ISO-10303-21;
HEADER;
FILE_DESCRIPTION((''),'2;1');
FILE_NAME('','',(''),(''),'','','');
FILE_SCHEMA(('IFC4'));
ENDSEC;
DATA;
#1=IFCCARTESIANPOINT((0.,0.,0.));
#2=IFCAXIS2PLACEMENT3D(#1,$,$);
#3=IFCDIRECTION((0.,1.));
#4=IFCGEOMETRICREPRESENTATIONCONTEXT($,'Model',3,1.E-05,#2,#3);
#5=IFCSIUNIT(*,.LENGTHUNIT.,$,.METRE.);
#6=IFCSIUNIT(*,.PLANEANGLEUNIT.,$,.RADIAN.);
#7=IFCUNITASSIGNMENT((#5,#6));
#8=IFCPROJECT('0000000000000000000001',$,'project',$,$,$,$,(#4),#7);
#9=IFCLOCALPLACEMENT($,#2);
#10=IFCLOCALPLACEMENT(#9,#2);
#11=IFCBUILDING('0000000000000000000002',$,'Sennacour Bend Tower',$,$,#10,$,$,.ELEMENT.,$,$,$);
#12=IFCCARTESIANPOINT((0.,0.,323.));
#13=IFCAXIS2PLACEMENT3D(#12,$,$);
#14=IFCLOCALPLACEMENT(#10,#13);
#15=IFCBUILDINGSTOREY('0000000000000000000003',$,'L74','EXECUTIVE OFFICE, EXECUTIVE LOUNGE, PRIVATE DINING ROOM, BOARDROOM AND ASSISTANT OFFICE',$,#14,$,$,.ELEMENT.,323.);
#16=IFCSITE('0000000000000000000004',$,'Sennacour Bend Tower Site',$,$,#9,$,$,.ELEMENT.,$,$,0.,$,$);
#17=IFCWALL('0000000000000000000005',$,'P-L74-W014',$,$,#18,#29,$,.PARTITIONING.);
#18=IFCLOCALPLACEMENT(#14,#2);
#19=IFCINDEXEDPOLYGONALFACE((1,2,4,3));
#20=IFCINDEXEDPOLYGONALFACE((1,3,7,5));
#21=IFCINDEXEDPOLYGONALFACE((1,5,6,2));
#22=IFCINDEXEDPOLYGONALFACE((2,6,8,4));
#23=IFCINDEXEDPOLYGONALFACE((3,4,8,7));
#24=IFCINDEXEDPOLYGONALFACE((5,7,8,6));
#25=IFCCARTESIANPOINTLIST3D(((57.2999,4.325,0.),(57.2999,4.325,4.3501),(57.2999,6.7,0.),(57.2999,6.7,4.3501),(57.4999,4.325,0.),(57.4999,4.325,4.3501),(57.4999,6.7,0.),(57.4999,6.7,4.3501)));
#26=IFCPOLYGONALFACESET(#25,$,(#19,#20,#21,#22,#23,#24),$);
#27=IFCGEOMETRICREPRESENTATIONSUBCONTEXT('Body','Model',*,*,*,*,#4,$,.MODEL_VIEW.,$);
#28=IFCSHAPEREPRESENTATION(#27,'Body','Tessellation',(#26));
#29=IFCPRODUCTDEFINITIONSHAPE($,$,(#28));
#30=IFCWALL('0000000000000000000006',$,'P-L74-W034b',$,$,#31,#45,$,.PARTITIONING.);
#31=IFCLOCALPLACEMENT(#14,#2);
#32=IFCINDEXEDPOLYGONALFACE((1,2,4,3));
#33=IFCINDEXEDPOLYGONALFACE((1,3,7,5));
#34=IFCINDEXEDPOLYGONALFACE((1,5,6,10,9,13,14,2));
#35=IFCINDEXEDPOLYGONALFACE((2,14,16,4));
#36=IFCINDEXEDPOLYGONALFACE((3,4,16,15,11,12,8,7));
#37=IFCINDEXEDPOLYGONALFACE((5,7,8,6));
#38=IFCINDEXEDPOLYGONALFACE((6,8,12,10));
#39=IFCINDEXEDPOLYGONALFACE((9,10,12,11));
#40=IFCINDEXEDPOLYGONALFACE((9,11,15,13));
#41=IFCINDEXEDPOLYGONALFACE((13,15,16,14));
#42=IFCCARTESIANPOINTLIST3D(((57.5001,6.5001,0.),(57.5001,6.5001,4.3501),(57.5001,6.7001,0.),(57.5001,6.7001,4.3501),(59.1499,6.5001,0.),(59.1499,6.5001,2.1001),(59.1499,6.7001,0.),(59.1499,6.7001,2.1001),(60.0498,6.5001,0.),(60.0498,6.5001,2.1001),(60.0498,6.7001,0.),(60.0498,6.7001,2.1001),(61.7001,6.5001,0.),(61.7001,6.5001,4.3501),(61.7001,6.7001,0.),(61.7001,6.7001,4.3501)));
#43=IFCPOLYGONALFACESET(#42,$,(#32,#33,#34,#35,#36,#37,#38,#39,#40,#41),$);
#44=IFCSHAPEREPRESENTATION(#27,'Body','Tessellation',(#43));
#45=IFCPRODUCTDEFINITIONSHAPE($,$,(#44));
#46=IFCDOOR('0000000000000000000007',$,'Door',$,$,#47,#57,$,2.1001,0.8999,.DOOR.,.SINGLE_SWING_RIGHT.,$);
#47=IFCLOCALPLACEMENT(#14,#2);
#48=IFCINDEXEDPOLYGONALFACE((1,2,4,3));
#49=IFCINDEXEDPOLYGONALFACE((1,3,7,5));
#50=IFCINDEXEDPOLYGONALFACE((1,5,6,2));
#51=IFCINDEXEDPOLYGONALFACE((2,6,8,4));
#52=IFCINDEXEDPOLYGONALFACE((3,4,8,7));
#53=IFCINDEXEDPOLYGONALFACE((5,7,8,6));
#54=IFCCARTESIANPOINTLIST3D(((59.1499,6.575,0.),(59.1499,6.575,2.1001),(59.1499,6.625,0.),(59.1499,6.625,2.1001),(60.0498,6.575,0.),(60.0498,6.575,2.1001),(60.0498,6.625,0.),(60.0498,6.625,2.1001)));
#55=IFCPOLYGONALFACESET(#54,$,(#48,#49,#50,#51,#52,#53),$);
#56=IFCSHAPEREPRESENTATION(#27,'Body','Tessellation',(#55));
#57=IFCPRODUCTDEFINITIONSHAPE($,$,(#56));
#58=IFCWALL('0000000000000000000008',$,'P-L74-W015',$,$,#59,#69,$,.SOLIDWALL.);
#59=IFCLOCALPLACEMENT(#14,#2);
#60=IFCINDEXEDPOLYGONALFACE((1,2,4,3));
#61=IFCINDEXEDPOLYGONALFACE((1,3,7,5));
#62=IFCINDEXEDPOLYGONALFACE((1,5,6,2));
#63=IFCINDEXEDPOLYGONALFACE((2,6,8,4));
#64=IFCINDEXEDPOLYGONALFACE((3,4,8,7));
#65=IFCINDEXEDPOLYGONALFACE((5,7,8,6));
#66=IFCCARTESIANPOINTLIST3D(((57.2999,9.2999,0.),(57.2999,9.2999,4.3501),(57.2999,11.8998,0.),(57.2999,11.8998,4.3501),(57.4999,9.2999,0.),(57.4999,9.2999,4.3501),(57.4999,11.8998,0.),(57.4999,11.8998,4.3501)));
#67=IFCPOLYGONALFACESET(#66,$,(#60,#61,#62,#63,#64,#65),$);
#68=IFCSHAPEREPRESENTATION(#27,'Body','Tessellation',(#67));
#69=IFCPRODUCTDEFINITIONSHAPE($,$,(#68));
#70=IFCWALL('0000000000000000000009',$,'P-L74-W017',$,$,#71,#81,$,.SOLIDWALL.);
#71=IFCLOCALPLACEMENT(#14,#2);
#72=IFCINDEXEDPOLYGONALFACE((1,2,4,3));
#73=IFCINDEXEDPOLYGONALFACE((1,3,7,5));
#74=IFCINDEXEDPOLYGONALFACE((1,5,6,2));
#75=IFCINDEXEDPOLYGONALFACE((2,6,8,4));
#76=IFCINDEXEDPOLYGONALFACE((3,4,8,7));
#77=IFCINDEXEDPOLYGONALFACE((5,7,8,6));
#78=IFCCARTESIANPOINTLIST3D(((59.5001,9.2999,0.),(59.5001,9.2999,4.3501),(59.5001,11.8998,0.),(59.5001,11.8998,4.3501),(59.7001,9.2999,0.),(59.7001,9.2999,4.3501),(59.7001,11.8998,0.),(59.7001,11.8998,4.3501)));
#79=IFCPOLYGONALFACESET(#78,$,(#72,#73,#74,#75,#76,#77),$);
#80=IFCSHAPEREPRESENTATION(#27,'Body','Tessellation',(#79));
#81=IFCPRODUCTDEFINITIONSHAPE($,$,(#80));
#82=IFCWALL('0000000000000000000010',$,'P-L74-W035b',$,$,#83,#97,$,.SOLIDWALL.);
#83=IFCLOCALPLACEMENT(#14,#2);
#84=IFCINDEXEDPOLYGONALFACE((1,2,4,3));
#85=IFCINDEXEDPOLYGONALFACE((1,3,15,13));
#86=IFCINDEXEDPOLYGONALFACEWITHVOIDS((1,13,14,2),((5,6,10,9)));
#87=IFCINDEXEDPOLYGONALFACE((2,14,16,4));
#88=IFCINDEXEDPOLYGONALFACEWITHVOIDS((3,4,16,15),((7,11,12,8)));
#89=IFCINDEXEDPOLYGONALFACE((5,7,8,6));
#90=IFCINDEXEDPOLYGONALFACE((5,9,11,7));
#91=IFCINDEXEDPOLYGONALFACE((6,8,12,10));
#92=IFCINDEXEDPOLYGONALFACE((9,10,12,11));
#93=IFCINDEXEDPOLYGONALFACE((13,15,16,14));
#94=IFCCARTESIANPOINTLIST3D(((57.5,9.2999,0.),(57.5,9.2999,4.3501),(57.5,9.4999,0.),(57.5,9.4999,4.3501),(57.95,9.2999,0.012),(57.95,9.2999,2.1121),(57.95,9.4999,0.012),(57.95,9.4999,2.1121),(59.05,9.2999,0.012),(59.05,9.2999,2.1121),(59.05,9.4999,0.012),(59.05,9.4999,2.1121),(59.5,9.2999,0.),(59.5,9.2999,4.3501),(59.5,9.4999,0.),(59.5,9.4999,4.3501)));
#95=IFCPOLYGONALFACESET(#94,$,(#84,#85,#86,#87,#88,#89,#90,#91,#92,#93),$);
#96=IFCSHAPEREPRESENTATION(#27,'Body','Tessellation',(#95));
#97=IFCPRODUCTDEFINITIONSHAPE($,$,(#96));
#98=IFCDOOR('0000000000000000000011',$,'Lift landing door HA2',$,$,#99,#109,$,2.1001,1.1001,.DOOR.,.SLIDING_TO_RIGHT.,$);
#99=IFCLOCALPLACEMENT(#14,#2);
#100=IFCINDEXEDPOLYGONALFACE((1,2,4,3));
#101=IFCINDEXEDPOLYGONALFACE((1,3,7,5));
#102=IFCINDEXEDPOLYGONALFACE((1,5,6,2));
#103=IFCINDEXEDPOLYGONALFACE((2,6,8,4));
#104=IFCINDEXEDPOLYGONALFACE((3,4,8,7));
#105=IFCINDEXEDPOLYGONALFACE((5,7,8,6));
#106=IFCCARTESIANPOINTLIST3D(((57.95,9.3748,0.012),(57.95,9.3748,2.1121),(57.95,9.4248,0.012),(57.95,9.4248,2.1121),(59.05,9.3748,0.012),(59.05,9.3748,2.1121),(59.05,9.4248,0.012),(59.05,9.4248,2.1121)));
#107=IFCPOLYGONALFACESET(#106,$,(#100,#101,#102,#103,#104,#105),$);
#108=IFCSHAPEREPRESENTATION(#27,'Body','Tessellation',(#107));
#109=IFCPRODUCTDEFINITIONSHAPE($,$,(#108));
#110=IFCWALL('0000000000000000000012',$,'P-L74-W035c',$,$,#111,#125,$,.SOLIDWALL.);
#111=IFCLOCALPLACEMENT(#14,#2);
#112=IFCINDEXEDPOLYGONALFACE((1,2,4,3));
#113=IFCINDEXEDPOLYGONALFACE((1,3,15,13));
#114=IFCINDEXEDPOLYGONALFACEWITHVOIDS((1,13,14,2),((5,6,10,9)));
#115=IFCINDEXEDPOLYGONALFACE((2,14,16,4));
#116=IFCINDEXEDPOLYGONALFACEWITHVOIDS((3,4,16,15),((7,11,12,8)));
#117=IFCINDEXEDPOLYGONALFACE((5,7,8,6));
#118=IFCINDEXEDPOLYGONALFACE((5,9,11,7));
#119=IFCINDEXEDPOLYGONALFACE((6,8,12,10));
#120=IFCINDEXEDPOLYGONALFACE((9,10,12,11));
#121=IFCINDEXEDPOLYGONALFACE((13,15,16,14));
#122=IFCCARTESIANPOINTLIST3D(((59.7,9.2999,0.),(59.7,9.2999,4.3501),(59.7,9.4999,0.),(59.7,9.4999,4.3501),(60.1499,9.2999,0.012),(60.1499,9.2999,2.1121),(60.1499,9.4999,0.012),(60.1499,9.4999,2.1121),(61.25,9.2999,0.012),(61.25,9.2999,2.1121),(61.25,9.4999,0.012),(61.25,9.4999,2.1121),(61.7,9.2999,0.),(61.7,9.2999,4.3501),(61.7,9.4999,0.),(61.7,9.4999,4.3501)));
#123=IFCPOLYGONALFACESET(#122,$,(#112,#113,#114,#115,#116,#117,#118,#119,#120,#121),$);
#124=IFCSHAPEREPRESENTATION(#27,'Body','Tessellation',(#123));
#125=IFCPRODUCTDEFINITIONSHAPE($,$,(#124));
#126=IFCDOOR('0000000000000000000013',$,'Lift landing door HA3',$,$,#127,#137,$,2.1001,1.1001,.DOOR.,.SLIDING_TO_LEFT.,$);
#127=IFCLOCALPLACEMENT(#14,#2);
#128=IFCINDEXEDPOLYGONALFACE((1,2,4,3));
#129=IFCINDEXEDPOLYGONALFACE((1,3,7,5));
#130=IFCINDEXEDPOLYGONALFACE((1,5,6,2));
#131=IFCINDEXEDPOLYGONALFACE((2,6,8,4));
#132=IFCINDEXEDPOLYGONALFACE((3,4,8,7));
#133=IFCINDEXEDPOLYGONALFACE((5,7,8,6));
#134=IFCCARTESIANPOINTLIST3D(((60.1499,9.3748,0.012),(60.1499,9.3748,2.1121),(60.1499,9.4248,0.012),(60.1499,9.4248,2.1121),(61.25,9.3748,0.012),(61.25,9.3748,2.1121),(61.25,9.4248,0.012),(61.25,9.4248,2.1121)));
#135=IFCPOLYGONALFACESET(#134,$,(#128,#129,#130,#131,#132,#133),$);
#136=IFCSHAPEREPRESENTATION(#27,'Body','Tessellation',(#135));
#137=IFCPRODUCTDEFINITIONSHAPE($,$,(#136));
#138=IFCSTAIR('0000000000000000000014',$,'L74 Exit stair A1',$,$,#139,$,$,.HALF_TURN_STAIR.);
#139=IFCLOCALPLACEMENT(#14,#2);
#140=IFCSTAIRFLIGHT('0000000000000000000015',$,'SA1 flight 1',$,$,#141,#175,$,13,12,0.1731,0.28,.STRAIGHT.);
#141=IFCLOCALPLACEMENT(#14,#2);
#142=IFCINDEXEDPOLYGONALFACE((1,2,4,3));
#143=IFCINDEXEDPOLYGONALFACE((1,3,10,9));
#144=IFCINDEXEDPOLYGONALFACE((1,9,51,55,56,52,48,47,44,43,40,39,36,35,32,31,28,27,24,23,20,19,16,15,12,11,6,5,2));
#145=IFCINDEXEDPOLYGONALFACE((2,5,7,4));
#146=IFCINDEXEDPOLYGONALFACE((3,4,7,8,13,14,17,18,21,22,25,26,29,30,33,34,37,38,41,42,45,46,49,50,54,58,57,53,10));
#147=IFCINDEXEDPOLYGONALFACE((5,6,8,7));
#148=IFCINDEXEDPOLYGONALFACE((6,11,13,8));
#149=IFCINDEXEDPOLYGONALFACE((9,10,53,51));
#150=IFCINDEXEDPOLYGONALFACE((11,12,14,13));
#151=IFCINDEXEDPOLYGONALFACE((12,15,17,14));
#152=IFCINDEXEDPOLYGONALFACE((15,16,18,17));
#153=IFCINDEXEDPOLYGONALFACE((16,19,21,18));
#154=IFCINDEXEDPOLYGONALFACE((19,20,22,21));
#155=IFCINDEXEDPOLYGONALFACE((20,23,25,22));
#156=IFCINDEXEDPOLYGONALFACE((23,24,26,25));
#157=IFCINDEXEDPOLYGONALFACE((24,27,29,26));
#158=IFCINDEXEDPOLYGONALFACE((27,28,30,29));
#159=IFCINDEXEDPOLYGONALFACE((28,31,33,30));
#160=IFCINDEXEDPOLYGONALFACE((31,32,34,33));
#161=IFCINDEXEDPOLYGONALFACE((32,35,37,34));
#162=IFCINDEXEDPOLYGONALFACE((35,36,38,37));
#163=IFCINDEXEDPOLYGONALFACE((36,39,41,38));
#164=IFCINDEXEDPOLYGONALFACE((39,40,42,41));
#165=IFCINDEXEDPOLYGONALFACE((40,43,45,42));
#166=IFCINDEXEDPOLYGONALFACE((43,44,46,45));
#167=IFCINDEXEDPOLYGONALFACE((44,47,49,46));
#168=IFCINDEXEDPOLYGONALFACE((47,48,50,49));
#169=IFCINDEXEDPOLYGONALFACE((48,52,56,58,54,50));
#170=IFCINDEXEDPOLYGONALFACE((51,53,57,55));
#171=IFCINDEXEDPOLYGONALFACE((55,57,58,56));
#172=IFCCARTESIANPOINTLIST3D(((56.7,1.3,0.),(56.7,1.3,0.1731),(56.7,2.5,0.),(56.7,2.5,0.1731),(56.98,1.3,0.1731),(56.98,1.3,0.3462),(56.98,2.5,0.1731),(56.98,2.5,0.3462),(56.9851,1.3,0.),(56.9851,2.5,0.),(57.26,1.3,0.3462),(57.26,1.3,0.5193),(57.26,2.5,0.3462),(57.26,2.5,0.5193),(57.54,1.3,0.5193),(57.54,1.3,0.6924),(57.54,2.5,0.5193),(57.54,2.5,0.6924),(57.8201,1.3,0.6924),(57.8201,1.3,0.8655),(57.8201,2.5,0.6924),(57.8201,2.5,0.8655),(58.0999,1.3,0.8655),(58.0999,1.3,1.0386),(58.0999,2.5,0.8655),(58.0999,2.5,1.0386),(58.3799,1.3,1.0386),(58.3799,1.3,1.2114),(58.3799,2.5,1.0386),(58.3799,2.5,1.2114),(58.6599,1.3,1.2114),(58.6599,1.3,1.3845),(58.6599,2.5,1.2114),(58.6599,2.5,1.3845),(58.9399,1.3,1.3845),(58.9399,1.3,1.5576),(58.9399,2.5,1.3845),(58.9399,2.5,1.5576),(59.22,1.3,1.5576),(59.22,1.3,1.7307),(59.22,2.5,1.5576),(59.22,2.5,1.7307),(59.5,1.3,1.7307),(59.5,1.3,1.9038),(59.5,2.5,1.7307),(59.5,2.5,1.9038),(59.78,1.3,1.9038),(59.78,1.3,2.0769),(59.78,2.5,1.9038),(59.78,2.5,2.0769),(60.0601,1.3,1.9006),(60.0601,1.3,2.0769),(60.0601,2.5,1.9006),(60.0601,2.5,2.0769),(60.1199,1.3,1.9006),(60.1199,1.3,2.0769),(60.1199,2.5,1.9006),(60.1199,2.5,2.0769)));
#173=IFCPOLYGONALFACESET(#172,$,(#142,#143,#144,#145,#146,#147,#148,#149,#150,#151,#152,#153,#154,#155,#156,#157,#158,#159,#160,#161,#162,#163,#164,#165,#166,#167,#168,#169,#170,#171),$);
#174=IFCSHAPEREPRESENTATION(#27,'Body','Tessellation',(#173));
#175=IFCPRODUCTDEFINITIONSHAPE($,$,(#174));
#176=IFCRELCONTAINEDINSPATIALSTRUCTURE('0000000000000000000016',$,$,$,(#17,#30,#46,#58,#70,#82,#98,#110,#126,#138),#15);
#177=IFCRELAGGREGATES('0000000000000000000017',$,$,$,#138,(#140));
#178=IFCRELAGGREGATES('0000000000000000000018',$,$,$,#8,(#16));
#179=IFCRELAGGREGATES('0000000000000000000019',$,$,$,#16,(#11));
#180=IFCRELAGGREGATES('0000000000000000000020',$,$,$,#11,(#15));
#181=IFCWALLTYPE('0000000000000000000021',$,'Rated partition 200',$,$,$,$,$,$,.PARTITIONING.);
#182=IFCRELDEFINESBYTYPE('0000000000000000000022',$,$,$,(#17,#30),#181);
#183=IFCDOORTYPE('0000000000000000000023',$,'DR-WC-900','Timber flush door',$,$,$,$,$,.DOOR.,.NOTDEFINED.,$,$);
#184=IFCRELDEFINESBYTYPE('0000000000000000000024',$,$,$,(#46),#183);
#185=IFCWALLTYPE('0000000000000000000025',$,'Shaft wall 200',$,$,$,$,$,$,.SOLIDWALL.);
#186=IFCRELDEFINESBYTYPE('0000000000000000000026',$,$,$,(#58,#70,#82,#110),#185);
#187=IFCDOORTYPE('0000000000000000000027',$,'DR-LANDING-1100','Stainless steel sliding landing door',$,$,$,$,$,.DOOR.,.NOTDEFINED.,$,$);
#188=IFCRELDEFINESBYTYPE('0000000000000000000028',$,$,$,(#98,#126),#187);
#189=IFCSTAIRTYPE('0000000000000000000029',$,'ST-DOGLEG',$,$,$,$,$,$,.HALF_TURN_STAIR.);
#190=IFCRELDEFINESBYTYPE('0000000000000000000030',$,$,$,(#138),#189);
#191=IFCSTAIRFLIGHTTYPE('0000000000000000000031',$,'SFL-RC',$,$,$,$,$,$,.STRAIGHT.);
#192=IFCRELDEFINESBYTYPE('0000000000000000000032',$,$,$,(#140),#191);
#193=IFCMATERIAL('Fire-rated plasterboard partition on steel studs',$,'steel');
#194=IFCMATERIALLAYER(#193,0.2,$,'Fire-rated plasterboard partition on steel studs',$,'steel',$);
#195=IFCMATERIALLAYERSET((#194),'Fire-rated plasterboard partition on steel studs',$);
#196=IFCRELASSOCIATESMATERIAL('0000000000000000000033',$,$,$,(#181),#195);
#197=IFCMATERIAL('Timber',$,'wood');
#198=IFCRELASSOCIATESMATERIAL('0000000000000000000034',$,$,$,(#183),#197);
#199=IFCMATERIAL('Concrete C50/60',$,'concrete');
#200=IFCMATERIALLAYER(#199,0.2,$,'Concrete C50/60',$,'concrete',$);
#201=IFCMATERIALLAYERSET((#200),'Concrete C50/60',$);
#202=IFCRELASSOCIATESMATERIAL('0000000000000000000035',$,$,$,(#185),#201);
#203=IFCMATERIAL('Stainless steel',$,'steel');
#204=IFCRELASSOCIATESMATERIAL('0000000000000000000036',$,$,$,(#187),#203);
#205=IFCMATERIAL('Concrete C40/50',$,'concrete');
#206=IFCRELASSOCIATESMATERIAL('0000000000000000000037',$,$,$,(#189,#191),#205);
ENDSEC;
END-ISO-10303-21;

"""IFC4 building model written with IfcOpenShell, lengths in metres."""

from ifc_helpers import new_model, si_unit, direction, frame, frame_2d, origin, place, context, subcontext, project, spatial, polyline, rectangle, outline, extrude, material, layer, layer_set, type_object, element, fill, aggregate, save


model = new_model("IFC4")

# Units and contexts
model_context = context("Model", 3, precision=1e-05, world=origin(), true_north=direction((0.0, 1.0)))
body_context = subcontext(model_context, "Body", "Model", "MODEL_VIEW")
ifc_project = project(units=[si_unit("LENGTHUNIT", "METRE"), si_unit("PLANEANGLEUNIT", "RADIAN")], contexts=[model_context])

# Site, building, storey
site_placement = place(None, origin())
site = spatial("IfcSite", under=ifc_project, at=site_placement, Name="Sennacour Bend Tower Site", CompositionType="ELEMENT", RefElevation=0.0)
building_placement = place(site_placement, origin())
building = spatial("IfcBuilding", under=site, at=building_placement, Name="Sennacour Bend Tower", CompositionType="ELEMENT")
storey_placement = place(building_placement, frame((0.0, 0.0, 323.0)))
storey = spatial("IfcBuildingStorey", under=building, at=storey_placement, Name="L74", Description="EXECUTIVE OFFICE, EXECUTIVE LOUNGE, PRIVATE DINING ROOM, BOARDROOM AND ASSISTANT OFFICE", CompositionType="ELEMENT", Elevation=323.0)

# Wall
ifc_material_1 = material(Name="Fire-rated plasterboard partition on steel studs", Category="steel")
ifc_layer_1 = layer(ifc_material_1, 0.2, Name="Fire-rated plasterboard partition on steel studs", Category="steel")
ifc_layer_set_1 = layer_set([ifc_layer_1], Name="Fire-rated plasterboard partition on steel studs")
wall_type_1 = type_object("IfcWallType", Name="Rated partition 200", PredefinedType="PARTITIONING", material=ifc_layer_set_1)
wall_1_placement = place(storey_placement, frame((57.3999, 4.325, 0.0), z_axis=(0.0, 0.0, 1.0), x_axis=(0.0, 1.0, 0.0)))
element("IfcWall", 1, at=wall_1_placement, inside=storey, type_object=wall_type_1, Name="P-L74-W014", PredefinedType="PARTITIONING", context=body_context, shape_type="SweptSolid", body=[
    extrude(rectangle(XDim=2.375, YDim=0.2, at=frame_2d((1.1875, 0.0))), origin(), (0.0, 0.0, 1.0), 4.3501),
])

# Wall, opening, door
wall_2_placement = place(storey_placement, frame((57.5, 6.6001, 0.0), z_axis=(0.0, 0.0, 1.0), x_axis=(1.0, 0.0, 0.0)))
wall_2 = element("IfcWall", 2, at=wall_2_placement, inside=storey, type_object=wall_type_1, Name="P-L74-W034b", PredefinedType="PARTITIONING", context=body_context, shape_type="SweptSolid", body=[
    extrude(rectangle(XDim=4.2, YDim=0.2, at=frame_2d((2.1001, 0.0))), origin(), (0.0, 0.0, 1.0), 4.3501),
])
opening_1_placement = place(wall_2_placement, frame((1.6499, 0.0, 0.0)))
opening_1 = element("IfcOpeningElement", 3, at=opening_1_placement, cuts=wall_2, PredefinedType="OPENING", context=body_context, shape_type="SweptSolid", body=[
    extrude(rectangle(XDim=0.8999, YDim=2.1001, at=frame_2d((0.45, 1.05))), frame((0.0, 0.1099, 0.0), z_axis=(0.0, -1.0, 0.0), x_axis=(1.0, 0.0, 0.0)), (0.0, 0.0, 1.0), 0.22),
])
ifc_material_2 = material(Name="Timber", Category="wood")
door_type_1 = type_object("IfcDoorType", Name="DR-WC-900", Description="Timber flush door", OperationType="NOTDEFINED", PredefinedType="DOOR", material=ifc_material_2)
door_1_placement = place(opening_1_placement, origin())
door_1 = element("IfcDoor", 4, at=door_1_placement, inside=storey, type_object=door_type_1, Name="Door", OperationType="SINGLE_SWING_RIGHT", OverallHeight=2.1001, OverallWidth=0.8999, PredefinedType="DOOR", context=body_context, shape_type="SweptSolid", body=[
    extrude(rectangle(XDim=0.8999, YDim=2.1001, at=frame_2d((0.45, 1.05))), frame((0.0, 0.0249, 0.0), z_axis=(0.0, -1.0, 0.0), x_axis=(1.0, 0.0, 0.0)), (0.0, 0.0, 1.0), 0.05),
])
fill(opening_1, door_1)

# Walls
ifc_material_3 = material(Name="Concrete C50/60", Category="concrete")
ifc_layer_2 = layer(ifc_material_3, 0.2, Name="Concrete C50/60", Category="concrete")
ifc_layer_set_2 = layer_set([ifc_layer_2], Name="Concrete C50/60")
wall_type_2 = type_object("IfcWallType", Name="Shaft wall 200", PredefinedType="SOLIDWALL", material=ifc_layer_set_2)
for number, where, z_axis, x_axis, name in (
    (5, (57.3999, 9.3, 0.0), (0.0, 0.0, 1.0), (0.0, 1.0, 0.0), "P-L74-W015"),
    (6, (59.6001, 9.3, 0.0), (0.0, 0.0, 1.0), (0.0, 1.0, 0.0), "P-L74-W017"),
):
    element("IfcWall", number, at=place(storey_placement, frame(where, z_axis=z_axis, x_axis=x_axis)), inside=storey, type_object=wall_type_2, Name=name, PredefinedType="SOLIDWALL", context=body_context, shape_type="SweptSolid", body=[
        extrude(rectangle(XDim=2.5999, YDim=0.2, at=frame_2d((1.2998, 0.0))), origin(), (0.0, 0.0, 1.0), 4.3501),
    ])

# Walls, openings, doors
wall_3_placement = place(storey_placement, frame((57.5, 9.3999, 0.0), z_axis=(0.0, 0.0, 1.0), x_axis=(1.0, 0.0, 0.0)))
wall_3 = element("IfcWall", 7, at=wall_3_placement, inside=storey, type_object=wall_type_2, Name="P-L74-W035b", PredefinedType="SOLIDWALL", context=body_context, shape_type="SweptSolid", body=[
    extrude(rectangle(XDim=2.0, YDim=0.2, at=frame_2d((1.0, 0.0))), origin(), (0.0, 0.0, 1.0), 4.3501),
])
opening_2_placement = place(wall_3_placement, frame((0.45, 0.0, 0.012)))
opening_2 = element("IfcOpeningElement", 8, at=opening_2_placement, cuts=wall_3, PredefinedType="OPENING", context=body_context, shape_type="SweptSolid", body=[
    extrude(rectangle(XDim=1.1001, YDim=2.1001, at=frame_2d((0.55, 1.05))), frame((0.0, 0.1099, 0.0), z_axis=(0.0, -1.0, 0.0), x_axis=(1.0, 0.0, 0.0)), (0.0, 0.0, 1.0), 0.22),
])
ifc_material_4 = material(Name="Stainless steel", Category="steel")
door_type_2 = type_object("IfcDoorType", Name="DR-LANDING-1100", Description="Stainless steel sliding landing door", OperationType="NOTDEFINED", PredefinedType="DOOR", material=ifc_material_4)
door_2_placement = place(opening_2_placement, origin())
door_2 = element("IfcDoor", 9, at=door_2_placement, inside=storey, type_object=door_type_2, Name="Lift landing door HA2", OperationType="SLIDING_TO_RIGHT", OverallHeight=2.1001, OverallWidth=1.1001, PredefinedType="DOOR", context=body_context, shape_type="SweptSolid", body=[
    extrude(rectangle(XDim=1.1001, YDim=2.1001, at=frame_2d((0.55, 1.05))), frame((0.0, 0.0249, 0.0), z_axis=(0.0, -1.0, 0.0), x_axis=(1.0, 0.0, 0.0)), (0.0, 0.0, 1.0), 0.05),
])
fill(opening_2, door_2)
wall_4_placement = place(storey_placement, frame((59.7, 9.3999, 0.0), z_axis=(0.0, 0.0, 1.0), x_axis=(1.0, 0.0, 0.0)))
wall_4 = element("IfcWall", 10, at=wall_4_placement, inside=storey, type_object=wall_type_2, Name="P-L74-W035c", PredefinedType="SOLIDWALL", context=body_context, shape_type="SweptSolid", body=[
    extrude(rectangle(XDim=2.0, YDim=0.2, at=frame_2d((1.0, 0.0))), origin(), (0.0, 0.0, 1.0), 4.3501),
])
opening_3_placement = place(wall_4_placement, frame((0.45, 0.0, 0.012)))
opening_3 = element("IfcOpeningElement", 11, at=opening_3_placement, cuts=wall_4, PredefinedType="OPENING", context=body_context, shape_type="SweptSolid", body=[
    extrude(rectangle(XDim=1.1001, YDim=2.1001, at=frame_2d((0.55, 1.05))), frame((0.0, 0.1099, 0.0), z_axis=(0.0, -1.0, 0.0), x_axis=(1.0, 0.0, 0.0)), (0.0, 0.0, 1.0), 0.22),
])
door_3_placement = place(opening_3_placement, origin())
door_3 = element("IfcDoor", 12, at=door_3_placement, inside=storey, type_object=door_type_2, Name="Lift landing door HA3", OperationType="SLIDING_TO_LEFT", OverallHeight=2.1001, OverallWidth=1.1001, PredefinedType="DOOR", context=body_context, shape_type="SweptSolid", body=[
    extrude(rectangle(XDim=1.1001, YDim=2.1001, at=frame_2d((0.55, 1.05))), frame((0.0, 0.0249, 0.0), z_axis=(0.0, -1.0, 0.0), x_axis=(1.0, 0.0, 0.0)), (0.0, 0.0, 1.0), 0.05),
])
fill(opening_3, door_3)

# Stair, stair flight
ifc_material_5 = material(Name="Concrete C40/50", Category="concrete")
stair_type = type_object("IfcStairType", Name="ST-DOGLEG", PredefinedType="HALF_TURN_STAIR", material=ifc_material_5)
stair_placement = place(storey_placement, origin())
stair = element("IfcStair", 13, at=stair_placement, inside=storey, type_object=stair_type, Name="L74 Exit stair A1", PredefinedType="HALF_TURN_STAIR")
stair_flight_type = type_object("IfcStairFlightType", Name="SFL-RC", PredefinedType="STRAIGHT", material=ifc_material_5)
stair_flight_1_placement = place(storey_placement, frame((56.7, 1.8999, 0.0), z_axis=(0.0, 0.0, 1.0), x_axis=(1.0, 0.0, 0.0)))
stair_flight_1 = element("IfcStairFlight", 14, at=stair_flight_1_placement, type_object=stair_flight_type, Name="SA1 flight 1", NumberOfRisers=13, NumberOfTreads=12, PredefinedType="STRAIGHT", RiserHeight=0.1731, TreadLength=0.28, context=body_context, shape_type="SweptSolid", body=[
    extrude(outline(polyline([(0.0, 0.0), (0.0, 0.1731), (0.28, 0.1731), (0.28, 0.3462), (0.5601, 0.3462), (0.5601, 0.5193), (0.8401, 0.5193), (0.8401, 0.6924), (1.1201, 0.6924), (1.1201, 0.8655), (1.3999, 0.8655), (1.3999, 1.0386), (1.6799, 1.0386), (1.6799, 1.2114), (1.96, 1.2114), (1.96, 1.3845), (2.24, 1.3845), (2.24, 1.5576), (2.52, 1.5576), (2.52, 1.7307), (2.8, 1.7307), (2.8, 1.9038), (3.0801, 1.9038), (3.0801, 2.0769), (3.3601, 2.0769), (3.4199, 2.0769), (3.4199, 1.9006), (3.3601, 1.9006), (0.2852, 0.0), (0.0, 0.0)])), frame((0.0, 0.6001, 0.0), z_axis=(0.0, -1.0, 0.0), x_axis=(1.0, 0.0, 0.0)), (0.0, 0.0, 1.0), 1.2),
])
aggregate(stair, [stair_flight_1])

save(model, "model.ifc")
